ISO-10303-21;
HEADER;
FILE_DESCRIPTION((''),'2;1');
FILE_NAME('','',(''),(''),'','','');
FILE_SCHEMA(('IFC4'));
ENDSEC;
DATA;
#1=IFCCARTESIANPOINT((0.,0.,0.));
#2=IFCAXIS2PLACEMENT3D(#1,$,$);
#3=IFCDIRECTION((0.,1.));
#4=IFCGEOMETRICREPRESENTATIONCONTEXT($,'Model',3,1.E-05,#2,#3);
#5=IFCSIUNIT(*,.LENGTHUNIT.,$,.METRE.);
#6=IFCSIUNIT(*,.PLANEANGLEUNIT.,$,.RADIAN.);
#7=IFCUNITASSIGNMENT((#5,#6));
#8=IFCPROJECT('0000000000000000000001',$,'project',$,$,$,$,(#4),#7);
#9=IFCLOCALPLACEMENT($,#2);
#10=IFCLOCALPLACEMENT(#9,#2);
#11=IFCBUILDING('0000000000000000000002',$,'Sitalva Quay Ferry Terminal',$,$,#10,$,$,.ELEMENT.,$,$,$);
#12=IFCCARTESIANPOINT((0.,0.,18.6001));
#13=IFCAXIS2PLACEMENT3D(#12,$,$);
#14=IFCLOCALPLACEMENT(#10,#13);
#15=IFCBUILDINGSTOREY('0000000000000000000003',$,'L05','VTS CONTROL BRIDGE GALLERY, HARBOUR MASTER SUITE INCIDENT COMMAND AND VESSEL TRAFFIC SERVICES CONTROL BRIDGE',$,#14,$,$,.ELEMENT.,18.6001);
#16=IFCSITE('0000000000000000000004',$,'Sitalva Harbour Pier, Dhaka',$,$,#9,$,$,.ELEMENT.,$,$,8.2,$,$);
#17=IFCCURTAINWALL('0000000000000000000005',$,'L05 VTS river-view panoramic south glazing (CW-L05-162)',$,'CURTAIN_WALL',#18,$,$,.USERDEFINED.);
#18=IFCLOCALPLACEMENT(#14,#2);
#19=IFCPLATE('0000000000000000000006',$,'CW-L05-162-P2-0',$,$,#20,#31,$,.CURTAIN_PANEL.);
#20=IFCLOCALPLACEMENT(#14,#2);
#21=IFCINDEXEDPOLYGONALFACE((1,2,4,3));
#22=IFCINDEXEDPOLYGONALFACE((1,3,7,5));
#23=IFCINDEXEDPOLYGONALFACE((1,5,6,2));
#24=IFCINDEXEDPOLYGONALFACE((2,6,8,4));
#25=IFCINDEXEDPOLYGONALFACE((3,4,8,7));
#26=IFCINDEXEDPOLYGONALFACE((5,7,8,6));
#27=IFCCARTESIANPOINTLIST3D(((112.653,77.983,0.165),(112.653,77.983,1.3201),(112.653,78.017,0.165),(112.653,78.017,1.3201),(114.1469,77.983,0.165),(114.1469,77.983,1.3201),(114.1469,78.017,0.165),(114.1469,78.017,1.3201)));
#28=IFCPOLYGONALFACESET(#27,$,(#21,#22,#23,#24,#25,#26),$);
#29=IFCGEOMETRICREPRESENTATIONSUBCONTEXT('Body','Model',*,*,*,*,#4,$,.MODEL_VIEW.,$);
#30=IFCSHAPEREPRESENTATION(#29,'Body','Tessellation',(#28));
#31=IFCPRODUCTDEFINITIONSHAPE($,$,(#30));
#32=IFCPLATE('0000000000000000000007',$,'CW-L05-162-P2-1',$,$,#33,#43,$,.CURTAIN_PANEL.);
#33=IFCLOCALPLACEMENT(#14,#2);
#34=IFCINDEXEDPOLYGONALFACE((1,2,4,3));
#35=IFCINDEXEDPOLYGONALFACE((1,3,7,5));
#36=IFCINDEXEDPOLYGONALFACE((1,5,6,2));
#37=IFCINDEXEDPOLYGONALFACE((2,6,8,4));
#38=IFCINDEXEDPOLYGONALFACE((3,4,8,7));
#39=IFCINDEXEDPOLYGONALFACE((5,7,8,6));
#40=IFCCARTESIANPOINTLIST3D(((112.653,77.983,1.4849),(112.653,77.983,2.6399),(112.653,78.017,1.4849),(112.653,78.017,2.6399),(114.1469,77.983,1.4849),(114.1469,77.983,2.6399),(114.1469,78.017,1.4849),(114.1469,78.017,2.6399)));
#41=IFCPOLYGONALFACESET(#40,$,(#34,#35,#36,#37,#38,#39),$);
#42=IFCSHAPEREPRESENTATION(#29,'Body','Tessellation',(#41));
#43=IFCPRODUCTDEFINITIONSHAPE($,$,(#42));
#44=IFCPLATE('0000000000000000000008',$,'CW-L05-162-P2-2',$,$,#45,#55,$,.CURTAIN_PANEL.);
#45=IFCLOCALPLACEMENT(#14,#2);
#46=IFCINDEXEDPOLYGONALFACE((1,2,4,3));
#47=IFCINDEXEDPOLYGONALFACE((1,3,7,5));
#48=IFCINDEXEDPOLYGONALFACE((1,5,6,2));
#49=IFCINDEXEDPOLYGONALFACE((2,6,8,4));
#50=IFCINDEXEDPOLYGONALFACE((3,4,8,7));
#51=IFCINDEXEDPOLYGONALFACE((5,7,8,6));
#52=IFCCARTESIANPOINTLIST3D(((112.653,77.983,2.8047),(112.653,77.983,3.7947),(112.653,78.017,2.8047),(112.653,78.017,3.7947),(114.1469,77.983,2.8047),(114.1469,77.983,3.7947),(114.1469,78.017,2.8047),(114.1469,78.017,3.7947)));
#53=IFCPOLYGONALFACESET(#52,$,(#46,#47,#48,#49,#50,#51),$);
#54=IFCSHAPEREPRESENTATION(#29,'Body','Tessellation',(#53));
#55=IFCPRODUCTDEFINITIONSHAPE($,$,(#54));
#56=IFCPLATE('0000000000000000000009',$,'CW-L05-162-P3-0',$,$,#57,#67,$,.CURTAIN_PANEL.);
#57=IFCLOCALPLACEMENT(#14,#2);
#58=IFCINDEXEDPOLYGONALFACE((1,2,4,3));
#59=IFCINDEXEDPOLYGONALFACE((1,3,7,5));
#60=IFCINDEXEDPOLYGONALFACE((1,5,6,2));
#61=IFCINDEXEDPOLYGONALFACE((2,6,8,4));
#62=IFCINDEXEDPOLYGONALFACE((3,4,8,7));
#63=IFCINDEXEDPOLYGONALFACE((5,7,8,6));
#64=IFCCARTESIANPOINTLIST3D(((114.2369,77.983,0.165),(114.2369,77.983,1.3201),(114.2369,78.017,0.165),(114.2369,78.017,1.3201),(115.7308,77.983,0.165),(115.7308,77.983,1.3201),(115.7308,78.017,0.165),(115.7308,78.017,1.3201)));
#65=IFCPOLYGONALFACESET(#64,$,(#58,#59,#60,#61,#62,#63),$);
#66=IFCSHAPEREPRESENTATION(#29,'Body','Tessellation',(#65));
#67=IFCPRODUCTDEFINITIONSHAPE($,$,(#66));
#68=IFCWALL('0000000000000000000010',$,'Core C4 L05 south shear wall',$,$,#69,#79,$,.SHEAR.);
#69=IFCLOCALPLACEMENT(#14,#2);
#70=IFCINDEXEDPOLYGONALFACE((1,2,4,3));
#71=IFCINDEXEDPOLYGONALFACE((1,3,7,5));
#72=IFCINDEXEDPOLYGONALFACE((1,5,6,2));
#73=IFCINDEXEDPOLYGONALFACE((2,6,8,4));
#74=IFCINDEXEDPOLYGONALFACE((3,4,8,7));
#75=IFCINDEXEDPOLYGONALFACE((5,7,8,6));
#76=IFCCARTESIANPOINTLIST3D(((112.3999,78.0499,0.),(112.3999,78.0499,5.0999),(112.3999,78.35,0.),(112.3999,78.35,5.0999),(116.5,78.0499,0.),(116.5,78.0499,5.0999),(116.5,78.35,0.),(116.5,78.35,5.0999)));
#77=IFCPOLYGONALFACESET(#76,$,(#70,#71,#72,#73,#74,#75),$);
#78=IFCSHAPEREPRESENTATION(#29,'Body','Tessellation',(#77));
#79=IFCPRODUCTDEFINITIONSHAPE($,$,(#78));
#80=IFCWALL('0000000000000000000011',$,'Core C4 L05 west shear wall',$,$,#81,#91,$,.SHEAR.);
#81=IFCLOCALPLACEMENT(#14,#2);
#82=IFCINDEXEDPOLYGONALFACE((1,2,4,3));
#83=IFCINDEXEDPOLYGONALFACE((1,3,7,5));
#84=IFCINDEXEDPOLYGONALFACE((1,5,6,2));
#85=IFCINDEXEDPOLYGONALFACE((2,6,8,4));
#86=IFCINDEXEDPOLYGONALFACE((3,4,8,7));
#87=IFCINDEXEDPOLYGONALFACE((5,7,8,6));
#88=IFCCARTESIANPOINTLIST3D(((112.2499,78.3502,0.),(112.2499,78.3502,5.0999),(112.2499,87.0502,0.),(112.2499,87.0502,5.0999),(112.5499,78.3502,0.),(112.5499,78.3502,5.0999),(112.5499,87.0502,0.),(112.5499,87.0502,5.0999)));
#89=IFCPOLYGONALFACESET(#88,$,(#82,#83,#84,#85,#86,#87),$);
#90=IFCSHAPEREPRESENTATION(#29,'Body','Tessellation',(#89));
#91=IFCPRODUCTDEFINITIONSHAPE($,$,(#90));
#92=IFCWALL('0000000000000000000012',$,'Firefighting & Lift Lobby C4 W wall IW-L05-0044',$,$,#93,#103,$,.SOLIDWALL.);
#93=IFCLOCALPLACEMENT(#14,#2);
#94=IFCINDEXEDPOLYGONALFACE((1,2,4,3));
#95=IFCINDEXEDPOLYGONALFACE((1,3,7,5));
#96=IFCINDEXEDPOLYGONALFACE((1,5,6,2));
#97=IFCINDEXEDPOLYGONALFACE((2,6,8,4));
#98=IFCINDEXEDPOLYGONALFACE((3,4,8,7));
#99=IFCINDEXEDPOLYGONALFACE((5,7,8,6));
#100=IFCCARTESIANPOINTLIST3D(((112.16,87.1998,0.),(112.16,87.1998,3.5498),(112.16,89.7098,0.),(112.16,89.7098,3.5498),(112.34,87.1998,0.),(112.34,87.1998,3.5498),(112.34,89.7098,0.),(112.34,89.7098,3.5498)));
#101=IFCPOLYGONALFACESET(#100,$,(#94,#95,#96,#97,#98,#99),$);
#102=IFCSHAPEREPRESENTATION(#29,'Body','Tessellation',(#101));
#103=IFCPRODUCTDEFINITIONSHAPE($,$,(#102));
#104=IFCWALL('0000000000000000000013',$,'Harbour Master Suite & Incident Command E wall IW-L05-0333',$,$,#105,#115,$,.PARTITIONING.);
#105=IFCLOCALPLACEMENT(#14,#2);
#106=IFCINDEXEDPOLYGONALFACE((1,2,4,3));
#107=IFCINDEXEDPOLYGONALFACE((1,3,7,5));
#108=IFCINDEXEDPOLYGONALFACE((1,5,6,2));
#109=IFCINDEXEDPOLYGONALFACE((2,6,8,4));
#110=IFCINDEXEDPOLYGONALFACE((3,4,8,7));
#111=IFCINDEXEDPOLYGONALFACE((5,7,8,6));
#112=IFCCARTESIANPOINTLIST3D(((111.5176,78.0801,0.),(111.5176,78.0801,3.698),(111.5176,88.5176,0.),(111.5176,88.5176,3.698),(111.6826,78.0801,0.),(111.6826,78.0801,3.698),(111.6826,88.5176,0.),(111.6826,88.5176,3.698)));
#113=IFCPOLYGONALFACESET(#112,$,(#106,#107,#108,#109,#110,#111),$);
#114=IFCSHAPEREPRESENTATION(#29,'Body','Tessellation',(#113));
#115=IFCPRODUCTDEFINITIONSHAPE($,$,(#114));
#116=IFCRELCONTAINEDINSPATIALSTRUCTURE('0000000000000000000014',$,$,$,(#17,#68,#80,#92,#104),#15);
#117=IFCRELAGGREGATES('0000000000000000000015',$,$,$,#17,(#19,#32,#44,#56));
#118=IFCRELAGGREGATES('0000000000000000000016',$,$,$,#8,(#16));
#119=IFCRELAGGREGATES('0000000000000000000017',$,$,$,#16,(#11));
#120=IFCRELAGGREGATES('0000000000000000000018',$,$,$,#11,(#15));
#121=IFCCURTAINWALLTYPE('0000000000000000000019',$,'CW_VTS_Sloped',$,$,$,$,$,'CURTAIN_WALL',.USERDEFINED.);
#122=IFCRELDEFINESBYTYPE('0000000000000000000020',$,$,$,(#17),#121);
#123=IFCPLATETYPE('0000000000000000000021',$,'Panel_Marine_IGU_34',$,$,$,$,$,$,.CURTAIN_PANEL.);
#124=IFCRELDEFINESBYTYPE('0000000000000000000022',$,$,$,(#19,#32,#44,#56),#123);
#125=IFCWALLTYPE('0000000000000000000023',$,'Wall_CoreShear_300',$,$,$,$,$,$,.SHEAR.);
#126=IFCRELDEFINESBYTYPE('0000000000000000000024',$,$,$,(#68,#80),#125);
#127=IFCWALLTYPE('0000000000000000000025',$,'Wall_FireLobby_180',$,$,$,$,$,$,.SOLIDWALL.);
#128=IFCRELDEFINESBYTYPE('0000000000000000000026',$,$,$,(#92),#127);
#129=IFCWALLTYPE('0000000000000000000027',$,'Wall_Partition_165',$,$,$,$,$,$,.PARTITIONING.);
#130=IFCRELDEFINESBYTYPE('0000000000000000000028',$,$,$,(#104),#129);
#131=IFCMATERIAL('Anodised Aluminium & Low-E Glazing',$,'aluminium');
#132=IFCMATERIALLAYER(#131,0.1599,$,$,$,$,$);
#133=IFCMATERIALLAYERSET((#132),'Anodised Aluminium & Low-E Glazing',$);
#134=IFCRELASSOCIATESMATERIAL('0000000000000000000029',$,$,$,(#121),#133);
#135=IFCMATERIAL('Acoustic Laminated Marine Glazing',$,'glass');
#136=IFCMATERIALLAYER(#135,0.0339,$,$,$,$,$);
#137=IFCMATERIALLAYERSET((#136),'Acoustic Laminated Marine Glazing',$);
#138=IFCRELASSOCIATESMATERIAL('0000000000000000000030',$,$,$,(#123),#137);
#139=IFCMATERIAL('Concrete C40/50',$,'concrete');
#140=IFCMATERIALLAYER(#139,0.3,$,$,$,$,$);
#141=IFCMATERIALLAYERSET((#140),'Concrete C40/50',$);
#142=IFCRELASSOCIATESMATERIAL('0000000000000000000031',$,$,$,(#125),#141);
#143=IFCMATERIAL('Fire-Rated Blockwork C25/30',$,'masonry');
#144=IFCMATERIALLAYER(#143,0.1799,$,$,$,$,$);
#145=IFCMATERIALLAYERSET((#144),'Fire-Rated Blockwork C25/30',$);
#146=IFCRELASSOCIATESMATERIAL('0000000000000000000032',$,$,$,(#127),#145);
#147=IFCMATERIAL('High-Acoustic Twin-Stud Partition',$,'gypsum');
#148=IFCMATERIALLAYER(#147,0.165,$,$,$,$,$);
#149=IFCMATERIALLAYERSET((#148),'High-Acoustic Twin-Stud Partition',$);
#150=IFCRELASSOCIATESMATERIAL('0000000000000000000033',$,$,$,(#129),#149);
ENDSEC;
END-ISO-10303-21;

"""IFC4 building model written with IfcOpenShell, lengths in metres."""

from ifc_helpers import new_model, si_unit, direction, frame, frame_2d, origin, origin_2d, place, context, subcontext, project, spatial, rectangle, extrude, material, layer, layer_set, type_object, element, aggregate, save


model = new_model("IFC4")

# Units and contexts
model_context = context("Model", 3, precision=1e-05, world=origin(), true_north=direction((0.0, 1.0)))
body_context = subcontext(model_context, "Body", "Model", "MODEL_VIEW")
ifc_project = project(units=[si_unit("LENGTHUNIT", "METRE"), si_unit("PLANEANGLEUNIT", "RADIAN")], contexts=[model_context])

# Site, building, storey
site_placement = place(None, origin())
site = spatial("IfcSite", under=ifc_project, at=site_placement, Name="Sitalva Harbour Pier, Dhaka", CompositionType="ELEMENT", RefElevation=8.2)
building_placement = place(site_placement, origin())
building = spatial("IfcBuilding", under=site, at=building_placement, Name="Sitalva Quay Ferry Terminal", CompositionType="ELEMENT")
storey_placement = place(building_placement, frame((0.0, 0.0, 18.6001)))
storey = spatial("IfcBuildingStorey", under=building, at=storey_placement, Name="L05", Description="VTS CONTROL BRIDGE GALLERY, HARBOUR MASTER SUITE INCIDENT COMMAND AND VESSEL TRAFFIC SERVICES CONTROL BRIDGE", CompositionType="ELEMENT", Elevation=18.6001)

# Curtain wall
ifc_material_1 = material(Name="Anodised Aluminium & Low-E Glazing", Category="aluminium")
ifc_layer_1 = layer(ifc_material_1, 0.1599)
ifc_layer_set_1 = layer_set([ifc_layer_1], Name="Anodised Aluminium & Low-E Glazing")
curtain_wall_type = type_object("IfcCurtainWallType", Name="CW_VTS_Sloped", ElementType="CURTAIN_WALL", PredefinedType="USERDEFINED", material=ifc_layer_set_1)
curtain_wall_placement = place(storey_placement, origin())
curtain_wall = element("IfcCurtainWall", 1, at=curtain_wall_placement, inside=storey, type_object=curtain_wall_type, Name="L05 VTS river-view panoramic south glazing (CW-L05-162)", ObjectType="CURTAIN_WALL", PredefinedType="USERDEFINED")

# Plates
ifc_material_2 = material(Name="Acoustic Laminated Marine Glazing", Category="glass")
ifc_layer_2 = layer(ifc_material_2, 0.0339)
ifc_layer_set_2 = layer_set([ifc_layer_2], Name="Acoustic Laminated Marine Glazing")
plate_type_1 = type_object("IfcPlateType", Name="Panel_Marine_IGU_34", PredefinedType="CURTAIN_PANEL", material=ifc_layer_set_2)
plate_1_placement = place(storey_placement, frame((113.3999, 78.0, 0.165), z_axis=(0.0, 0.0, 1.0), x_axis=(1.0, 0.0, 0.0)))
plate_1 = element("IfcPlate", 2, at=plate_1_placement, type_object=plate_type_1, Name="CW-L05-162-P2-0", PredefinedType="CURTAIN_PANEL", context=body_context, shape_type="SweptSolid", body=[
    extrude(rectangle(XDim=1.4939, YDim=0.0339, at=origin_2d()), origin(), (0.0, 0.0, 1.0), 1.155),
])
plate_2_placement = place(storey_placement, frame((113.3999, 78.0, 1.4849), z_axis=(0.0, 0.0, 1.0), x_axis=(1.0, 0.0, 0.0)))
plate_2 = element("IfcPlate", 3, at=plate_2_placement, type_object=plate_type_1, Name="CW-L05-162-P2-1", PredefinedType="CURTAIN_PANEL", context=body_context, shape_type="SweptSolid", body=[
    extrude(rectangle(XDim=1.4939, YDim=0.0339, at=origin_2d()), origin(), (0.0, 0.0, 1.0), 1.155),
])
plate_3_placement = place(storey_placement, frame((113.3999, 78.0, 2.8047), z_axis=(0.0, 0.0, 1.0), x_axis=(1.0, 0.0, 0.0)))
plate_3 = element("IfcPlate", 4, at=plate_3_placement, type_object=plate_type_1, Name="CW-L05-162-P2-2", PredefinedType="CURTAIN_PANEL", context=body_context, shape_type="SweptSolid", body=[
    extrude(rectangle(XDim=1.4939, YDim=0.0339, at=origin_2d()), origin(), (0.0, 0.0, 1.0), 0.99),
])
plate_4_placement = place(storey_placement, frame((114.9839, 78.0, 0.165), z_axis=(0.0, 0.0, 1.0), x_axis=(1.0, 0.0, 0.0)))
plate_4 = element("IfcPlate", 5, at=plate_4_placement, type_object=plate_type_1, Name="CW-L05-162-P3-0", PredefinedType="CURTAIN_PANEL", context=body_context, shape_type="SweptSolid", body=[
    extrude(rectangle(XDim=1.4939, YDim=0.0339, at=origin_2d()), origin(), (0.0, 0.0, 1.0), 1.155),
])
aggregate(curtain_wall, [plate_1, plate_2, plate_3, plate_4])

# Walls
ifc_material_3 = material(Name="Concrete C40/50", Category="concrete")
ifc_layer_3 = layer(ifc_material_3, 0.3)
ifc_layer_set_3 = layer_set([ifc_layer_3], Name="Concrete C40/50")
wall_type_1 = type_object("IfcWallType", Name="Wall_CoreShear_300", PredefinedType="SHEAR", material=ifc_layer_set_3)
wall_1_placement = place(storey_placement, frame((112.3999, 78.2, 0.0), z_axis=(0.0, 0.0, 1.0), x_axis=(1.0, 0.0, 0.0)))
element("IfcWall", 6, at=wall_1_placement, inside=storey, type_object=wall_type_1, Name="Core C4 L05 south shear wall", PredefinedType="SHEAR", context=body_context, shape_type="SweptSolid", body=[
    extrude(rectangle(XDim=4.1001, YDim=0.3, at=frame_2d((2.05, 0.0))), origin(), (0.0, 0.0, 1.0), 5.0999),
])
wall_2_placement = place(storey_placement, frame((112.3999, 78.3501, 0.0), z_axis=(0.0, 0.0, 1.0), x_axis=(0.0, 1.0, 0.0)))
element("IfcWall", 7, at=wall_2_placement, inside=storey, type_object=wall_type_1, Name="Core C4 L05 west shear wall", PredefinedType="SHEAR", context=body_context, shape_type="SweptSolid", body=[
    extrude(rectangle(XDim=8.7, YDim=0.3, at=frame_2d((4.3501, 0.0))), origin(), (0.0, 0.0, 1.0), 5.0999),
])
ifc_material_4 = material(Name="Fire-Rated Blockwork C25/30", Category="masonry")
ifc_layer_4 = layer(ifc_material_4, 0.1799)
ifc_layer_set_4 = layer_set([ifc_layer_4], Name="Fire-Rated Blockwork C25/30")
wall_type_2 = type_object("IfcWallType", Name="Wall_FireLobby_180", PredefinedType="SOLIDWALL", material=ifc_layer_set_4)
wall_3_placement = place(storey_placement, frame((112.25, 87.2, 0.0), z_axis=(0.0, 0.0, 1.0), x_axis=(0.0, 1.0, 0.0)))
element("IfcWall", 8, at=wall_3_placement, inside=storey, type_object=wall_type_2, Name="Firefighting & Lift Lobby C4 W wall IW-L05-0044", PredefinedType="SOLIDWALL", context=body_context, shape_type="SweptSolid", body=[
    extrude(rectangle(XDim=2.51, YDim=0.1799, at=frame_2d((1.2549, 0.0))), origin(), (0.0, 0.0, 1.0), 3.5498),
])
ifc_material_5 = material(Name="High-Acoustic Twin-Stud Partition", Category="gypsum")
ifc_layer_5 = layer(ifc_material_5, 0.165)
ifc_layer_set_5 = layer_set([ifc_layer_5], Name="High-Acoustic Twin-Stud Partition")
wall_type_3 = type_object("IfcWallType", Name="Wall_Partition_165", PredefinedType="PARTITIONING", material=ifc_layer_set_5)
wall_4_placement = place(storey_placement, frame((111.6001, 78.0801, 0.0), z_axis=(0.0, 0.0, 1.0), x_axis=(0.0, 1.0, 0.0)))
element("IfcWall", 9, at=wall_4_placement, inside=storey, type_object=wall_type_3, Name="Harbour Master Suite & Incident Command E wall IW-L05-0333", PredefinedType="PARTITIONING", context=body_context, shape_type="SweptSolid", body=[
    extrude(rectangle(XDim=10.4375, YDim=0.165, at=frame_2d((5.2188, 0.0))), origin(), (0.0, 0.0, 1.0), 3.698),
])

save(model, "model.ifc")
